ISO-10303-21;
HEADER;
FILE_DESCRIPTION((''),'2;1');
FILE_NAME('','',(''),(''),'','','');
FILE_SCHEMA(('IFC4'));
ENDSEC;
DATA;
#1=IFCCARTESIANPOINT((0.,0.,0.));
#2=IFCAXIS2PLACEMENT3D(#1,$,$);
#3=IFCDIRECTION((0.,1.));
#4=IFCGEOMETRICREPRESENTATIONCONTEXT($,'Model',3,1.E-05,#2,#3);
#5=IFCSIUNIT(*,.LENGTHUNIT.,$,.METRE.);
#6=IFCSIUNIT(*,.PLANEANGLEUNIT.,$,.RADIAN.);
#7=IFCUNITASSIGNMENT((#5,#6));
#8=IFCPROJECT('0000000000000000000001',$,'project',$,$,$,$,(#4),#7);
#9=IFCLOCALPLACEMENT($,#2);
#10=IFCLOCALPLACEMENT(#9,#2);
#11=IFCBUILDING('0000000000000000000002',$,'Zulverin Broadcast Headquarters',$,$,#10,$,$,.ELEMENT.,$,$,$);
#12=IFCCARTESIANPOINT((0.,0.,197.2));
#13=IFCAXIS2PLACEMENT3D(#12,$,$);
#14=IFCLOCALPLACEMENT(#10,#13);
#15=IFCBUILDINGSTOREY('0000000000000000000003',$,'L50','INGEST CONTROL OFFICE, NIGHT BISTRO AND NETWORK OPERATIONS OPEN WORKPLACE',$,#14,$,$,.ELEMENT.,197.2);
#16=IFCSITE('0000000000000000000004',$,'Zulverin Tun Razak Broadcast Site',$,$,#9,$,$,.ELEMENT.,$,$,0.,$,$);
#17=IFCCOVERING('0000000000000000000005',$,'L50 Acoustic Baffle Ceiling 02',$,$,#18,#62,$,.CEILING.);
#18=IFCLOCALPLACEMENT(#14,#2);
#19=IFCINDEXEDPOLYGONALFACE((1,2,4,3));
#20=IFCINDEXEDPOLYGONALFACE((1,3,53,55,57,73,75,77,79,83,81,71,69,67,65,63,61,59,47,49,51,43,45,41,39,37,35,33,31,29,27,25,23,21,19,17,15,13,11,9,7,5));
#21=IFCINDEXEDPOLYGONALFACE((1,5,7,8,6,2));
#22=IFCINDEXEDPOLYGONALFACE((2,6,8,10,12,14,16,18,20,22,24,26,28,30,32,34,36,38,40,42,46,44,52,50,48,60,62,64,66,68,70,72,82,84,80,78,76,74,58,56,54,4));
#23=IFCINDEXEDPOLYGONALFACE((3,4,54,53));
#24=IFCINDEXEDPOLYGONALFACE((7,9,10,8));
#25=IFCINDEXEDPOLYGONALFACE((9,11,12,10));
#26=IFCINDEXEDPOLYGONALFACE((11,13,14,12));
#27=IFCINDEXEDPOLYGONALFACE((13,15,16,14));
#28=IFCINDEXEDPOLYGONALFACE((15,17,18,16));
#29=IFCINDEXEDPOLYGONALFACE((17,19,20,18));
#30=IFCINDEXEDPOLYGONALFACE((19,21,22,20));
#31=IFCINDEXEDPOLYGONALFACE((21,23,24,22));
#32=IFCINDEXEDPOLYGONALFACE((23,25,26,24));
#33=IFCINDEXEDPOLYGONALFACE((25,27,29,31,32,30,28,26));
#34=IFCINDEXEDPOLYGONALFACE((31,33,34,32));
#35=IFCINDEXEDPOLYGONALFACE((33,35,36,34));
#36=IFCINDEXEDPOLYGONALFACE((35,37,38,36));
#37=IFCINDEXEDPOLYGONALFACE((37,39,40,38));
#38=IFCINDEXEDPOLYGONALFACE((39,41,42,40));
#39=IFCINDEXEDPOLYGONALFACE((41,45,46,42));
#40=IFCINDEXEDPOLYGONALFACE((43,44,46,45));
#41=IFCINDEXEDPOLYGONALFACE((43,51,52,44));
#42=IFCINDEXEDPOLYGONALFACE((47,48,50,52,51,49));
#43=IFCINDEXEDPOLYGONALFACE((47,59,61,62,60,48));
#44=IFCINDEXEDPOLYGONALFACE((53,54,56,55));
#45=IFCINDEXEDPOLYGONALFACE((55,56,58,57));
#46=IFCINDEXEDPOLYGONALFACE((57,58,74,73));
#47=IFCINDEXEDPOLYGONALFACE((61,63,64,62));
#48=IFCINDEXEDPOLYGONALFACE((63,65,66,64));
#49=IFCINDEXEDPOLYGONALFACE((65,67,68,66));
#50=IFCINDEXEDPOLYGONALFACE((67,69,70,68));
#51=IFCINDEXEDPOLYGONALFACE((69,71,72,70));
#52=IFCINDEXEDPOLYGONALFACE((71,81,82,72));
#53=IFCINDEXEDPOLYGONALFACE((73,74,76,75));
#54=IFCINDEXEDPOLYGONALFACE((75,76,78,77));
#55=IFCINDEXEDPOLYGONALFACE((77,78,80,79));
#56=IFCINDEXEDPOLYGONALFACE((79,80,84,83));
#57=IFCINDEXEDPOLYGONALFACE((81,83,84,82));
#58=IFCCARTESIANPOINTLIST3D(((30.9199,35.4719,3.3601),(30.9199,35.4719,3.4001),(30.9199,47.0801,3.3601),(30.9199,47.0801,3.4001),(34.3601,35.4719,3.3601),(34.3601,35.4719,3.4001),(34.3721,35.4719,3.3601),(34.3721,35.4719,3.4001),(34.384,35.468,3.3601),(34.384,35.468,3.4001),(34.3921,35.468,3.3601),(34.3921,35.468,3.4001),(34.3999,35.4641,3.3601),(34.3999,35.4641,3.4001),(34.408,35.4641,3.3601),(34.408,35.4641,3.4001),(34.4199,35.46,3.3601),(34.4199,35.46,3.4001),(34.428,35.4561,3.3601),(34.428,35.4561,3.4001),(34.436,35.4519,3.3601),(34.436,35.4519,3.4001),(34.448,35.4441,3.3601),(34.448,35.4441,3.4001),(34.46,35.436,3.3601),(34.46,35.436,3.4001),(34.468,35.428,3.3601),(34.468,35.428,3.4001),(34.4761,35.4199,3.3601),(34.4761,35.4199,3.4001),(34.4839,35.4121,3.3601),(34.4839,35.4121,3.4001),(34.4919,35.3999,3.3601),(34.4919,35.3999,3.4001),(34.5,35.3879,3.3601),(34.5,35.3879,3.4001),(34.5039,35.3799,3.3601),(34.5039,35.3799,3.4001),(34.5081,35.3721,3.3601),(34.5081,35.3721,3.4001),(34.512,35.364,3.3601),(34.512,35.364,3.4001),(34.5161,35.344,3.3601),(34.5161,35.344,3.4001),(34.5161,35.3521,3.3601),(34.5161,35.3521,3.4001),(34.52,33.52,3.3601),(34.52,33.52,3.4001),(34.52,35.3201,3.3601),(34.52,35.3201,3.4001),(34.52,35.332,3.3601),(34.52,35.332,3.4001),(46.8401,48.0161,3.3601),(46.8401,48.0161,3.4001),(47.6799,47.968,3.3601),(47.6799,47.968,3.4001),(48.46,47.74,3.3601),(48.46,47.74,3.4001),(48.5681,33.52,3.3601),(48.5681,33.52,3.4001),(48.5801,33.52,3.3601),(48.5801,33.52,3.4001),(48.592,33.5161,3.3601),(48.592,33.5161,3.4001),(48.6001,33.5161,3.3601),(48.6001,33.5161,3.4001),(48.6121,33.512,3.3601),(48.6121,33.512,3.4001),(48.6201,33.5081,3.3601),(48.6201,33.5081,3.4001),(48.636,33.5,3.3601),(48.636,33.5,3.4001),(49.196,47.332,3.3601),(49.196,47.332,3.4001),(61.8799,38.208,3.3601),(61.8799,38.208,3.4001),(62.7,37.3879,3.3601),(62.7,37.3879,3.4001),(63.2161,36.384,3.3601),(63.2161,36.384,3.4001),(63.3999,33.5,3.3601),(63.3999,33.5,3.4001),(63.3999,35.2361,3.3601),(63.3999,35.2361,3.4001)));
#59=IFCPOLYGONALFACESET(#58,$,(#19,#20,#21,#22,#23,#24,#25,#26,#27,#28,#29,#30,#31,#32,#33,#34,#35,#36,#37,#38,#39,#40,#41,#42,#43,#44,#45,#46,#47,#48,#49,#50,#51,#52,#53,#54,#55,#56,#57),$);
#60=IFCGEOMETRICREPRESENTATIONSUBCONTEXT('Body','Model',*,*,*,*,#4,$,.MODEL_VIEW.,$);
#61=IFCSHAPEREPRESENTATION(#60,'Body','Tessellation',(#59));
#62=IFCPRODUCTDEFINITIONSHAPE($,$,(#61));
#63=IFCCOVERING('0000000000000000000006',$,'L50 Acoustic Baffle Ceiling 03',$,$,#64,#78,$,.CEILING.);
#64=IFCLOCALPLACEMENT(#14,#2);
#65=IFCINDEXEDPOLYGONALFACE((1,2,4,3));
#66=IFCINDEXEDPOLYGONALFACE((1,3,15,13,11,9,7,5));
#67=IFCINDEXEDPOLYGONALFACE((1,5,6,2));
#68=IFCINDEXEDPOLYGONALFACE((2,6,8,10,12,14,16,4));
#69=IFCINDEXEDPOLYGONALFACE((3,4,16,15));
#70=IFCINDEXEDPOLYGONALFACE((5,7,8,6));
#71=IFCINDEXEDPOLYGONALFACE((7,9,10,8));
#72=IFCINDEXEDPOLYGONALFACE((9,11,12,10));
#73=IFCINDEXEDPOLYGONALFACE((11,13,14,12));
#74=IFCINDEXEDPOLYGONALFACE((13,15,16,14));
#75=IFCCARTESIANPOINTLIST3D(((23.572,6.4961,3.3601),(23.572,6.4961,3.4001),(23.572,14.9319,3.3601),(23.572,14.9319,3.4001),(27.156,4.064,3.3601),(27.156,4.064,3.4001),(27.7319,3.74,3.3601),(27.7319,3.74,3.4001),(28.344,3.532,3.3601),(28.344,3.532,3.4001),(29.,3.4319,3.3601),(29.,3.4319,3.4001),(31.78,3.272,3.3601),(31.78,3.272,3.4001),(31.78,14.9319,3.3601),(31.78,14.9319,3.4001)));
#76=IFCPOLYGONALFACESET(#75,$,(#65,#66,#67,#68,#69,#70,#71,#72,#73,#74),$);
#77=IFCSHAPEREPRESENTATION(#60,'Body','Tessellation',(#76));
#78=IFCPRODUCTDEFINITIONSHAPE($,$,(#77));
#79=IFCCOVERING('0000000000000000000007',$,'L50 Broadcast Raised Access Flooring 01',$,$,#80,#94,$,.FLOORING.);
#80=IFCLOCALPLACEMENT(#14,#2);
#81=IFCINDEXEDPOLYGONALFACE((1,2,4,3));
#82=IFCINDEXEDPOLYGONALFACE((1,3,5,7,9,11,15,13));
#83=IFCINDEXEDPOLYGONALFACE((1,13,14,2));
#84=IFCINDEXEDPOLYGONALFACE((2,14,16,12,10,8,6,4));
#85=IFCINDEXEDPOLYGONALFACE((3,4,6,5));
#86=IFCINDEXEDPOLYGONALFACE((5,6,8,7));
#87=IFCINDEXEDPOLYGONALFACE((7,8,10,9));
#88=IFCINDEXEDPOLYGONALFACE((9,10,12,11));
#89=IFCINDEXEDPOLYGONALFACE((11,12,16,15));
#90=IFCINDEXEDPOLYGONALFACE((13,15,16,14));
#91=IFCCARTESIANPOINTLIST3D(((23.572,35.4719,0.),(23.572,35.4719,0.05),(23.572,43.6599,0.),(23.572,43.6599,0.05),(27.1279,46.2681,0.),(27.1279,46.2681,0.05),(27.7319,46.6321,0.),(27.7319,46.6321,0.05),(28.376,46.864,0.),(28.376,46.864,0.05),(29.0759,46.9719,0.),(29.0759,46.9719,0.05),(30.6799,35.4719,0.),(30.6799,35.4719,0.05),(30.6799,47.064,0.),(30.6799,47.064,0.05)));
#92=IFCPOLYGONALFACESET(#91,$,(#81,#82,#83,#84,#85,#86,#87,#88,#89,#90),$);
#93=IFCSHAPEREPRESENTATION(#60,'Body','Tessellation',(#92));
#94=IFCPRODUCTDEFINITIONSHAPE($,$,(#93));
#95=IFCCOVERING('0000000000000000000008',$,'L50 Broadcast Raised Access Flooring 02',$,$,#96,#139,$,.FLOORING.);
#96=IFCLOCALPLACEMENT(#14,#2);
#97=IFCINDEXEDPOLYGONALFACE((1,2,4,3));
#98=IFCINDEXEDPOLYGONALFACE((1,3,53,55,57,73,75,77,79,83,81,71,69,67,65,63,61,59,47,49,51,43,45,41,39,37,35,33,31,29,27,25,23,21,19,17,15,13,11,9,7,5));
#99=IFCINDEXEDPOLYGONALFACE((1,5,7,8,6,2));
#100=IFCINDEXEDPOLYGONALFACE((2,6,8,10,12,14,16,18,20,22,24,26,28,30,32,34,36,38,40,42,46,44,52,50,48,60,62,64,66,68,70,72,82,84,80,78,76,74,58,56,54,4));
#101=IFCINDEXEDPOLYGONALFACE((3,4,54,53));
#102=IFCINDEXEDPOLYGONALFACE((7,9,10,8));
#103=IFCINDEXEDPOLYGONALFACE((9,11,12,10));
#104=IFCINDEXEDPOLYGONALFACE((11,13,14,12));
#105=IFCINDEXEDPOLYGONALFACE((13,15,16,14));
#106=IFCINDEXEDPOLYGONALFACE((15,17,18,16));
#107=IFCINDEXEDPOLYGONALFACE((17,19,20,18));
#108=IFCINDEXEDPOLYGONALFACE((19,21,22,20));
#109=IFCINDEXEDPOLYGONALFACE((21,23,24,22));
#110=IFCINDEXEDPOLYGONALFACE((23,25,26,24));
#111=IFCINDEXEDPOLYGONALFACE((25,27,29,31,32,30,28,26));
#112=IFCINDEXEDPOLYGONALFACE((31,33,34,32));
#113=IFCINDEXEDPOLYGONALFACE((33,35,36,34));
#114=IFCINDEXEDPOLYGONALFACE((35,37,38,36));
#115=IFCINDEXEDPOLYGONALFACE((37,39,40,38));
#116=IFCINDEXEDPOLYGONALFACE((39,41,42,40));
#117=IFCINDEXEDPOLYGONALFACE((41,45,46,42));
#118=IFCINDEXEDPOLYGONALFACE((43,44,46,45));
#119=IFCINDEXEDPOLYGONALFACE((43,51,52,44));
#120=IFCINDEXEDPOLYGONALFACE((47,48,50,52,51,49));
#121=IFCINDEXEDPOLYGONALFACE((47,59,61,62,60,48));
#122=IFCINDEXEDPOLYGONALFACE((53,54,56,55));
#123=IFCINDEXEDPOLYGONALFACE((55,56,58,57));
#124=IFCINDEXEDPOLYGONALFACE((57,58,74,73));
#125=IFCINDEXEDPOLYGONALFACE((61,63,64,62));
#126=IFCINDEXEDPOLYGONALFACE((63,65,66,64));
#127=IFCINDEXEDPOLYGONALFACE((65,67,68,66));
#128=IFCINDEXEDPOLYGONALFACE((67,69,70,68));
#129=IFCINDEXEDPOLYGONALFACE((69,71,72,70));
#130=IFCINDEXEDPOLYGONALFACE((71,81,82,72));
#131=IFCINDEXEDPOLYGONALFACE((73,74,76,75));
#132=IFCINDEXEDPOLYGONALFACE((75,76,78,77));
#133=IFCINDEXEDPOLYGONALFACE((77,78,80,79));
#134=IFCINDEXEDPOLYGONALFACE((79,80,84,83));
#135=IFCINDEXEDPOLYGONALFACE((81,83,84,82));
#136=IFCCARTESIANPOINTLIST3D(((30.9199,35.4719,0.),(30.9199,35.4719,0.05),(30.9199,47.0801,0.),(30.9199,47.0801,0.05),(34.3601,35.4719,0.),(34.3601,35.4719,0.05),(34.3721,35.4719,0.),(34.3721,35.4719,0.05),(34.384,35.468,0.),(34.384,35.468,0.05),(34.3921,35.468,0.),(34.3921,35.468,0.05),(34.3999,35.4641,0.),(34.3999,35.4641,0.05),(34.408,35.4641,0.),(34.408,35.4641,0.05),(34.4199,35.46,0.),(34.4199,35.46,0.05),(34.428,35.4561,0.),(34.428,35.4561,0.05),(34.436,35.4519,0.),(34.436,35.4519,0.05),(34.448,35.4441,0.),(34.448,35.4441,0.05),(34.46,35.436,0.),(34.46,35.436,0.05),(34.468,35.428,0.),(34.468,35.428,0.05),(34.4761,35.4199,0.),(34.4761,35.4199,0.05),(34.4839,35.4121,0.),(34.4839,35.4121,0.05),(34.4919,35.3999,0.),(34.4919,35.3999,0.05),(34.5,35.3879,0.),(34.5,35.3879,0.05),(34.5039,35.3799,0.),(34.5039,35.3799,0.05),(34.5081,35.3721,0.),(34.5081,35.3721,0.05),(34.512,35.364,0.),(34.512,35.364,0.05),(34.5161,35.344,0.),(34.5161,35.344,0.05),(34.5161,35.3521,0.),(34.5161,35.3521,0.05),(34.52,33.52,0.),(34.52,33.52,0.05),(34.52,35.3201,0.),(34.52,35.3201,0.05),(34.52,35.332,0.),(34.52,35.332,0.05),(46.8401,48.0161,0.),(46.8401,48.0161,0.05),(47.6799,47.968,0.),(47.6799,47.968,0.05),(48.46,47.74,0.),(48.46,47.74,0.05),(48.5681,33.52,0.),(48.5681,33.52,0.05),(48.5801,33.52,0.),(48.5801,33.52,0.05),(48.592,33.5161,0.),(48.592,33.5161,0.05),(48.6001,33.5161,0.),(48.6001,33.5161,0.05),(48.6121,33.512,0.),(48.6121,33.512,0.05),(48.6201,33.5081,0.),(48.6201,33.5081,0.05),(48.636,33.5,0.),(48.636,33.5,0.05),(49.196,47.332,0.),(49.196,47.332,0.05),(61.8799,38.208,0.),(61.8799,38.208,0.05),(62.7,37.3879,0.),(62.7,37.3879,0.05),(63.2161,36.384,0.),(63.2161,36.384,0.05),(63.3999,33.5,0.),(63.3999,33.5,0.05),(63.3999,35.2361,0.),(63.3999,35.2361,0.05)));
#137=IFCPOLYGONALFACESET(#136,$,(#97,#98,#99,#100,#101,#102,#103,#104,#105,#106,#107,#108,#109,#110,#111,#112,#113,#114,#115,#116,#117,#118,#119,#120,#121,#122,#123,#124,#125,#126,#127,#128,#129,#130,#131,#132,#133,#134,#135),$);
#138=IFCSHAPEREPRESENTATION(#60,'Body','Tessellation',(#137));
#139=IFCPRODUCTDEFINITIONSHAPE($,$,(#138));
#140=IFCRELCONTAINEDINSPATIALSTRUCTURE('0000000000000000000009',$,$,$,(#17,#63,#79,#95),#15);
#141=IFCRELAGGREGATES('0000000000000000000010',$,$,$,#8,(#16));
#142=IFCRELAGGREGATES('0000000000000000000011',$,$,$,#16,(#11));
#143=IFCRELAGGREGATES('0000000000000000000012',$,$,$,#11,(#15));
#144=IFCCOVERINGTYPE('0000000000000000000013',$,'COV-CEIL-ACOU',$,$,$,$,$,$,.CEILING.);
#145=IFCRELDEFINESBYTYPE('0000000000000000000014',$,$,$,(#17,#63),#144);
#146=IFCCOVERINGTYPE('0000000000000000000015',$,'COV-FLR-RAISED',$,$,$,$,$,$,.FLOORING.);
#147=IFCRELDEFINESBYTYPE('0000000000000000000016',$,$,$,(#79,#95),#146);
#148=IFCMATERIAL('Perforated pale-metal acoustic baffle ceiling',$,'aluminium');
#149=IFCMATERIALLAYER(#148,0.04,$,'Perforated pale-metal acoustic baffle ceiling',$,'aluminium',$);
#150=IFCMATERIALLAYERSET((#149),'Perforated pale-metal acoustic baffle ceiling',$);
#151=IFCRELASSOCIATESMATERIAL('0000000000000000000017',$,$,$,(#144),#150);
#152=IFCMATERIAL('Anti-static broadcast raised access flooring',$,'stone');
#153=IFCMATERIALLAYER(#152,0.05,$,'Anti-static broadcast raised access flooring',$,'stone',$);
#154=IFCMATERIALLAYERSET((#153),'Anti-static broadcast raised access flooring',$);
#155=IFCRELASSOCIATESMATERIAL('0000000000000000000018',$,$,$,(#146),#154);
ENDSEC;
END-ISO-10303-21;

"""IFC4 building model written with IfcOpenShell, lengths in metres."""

from ifc_helpers import new_model, si_unit, direction, frame, origin, place, context, subcontext, project, spatial, polyline, outline, extrude, material, layer, layer_set, type_object, element, save


model = new_model("IFC4")

# Units and contexts
model_context = context("Model", 3, precision=1e-05, world=origin(), true_north=direction((0.0, 1.0)))
body_context = subcontext(model_context, "Body", "Model", "MODEL_VIEW")
ifc_project = project(units=[si_unit("LENGTHUNIT", "METRE"), si_unit("PLANEANGLEUNIT", "RADIAN")], contexts=[model_context])

# Site, building, storey
site_placement = place(None, origin())
site = spatial("IfcSite", under=ifc_project, at=site_placement, Name="Zulverin Tun Razak Broadcast Site", CompositionType="ELEMENT", RefElevation=0.0)
building_placement = place(site_placement, origin())
building = spatial("IfcBuilding", under=site, at=building_placement, Name="Zulverin Broadcast Headquarters", CompositionType="ELEMENT")
storey_placement = place(building_placement, frame((0.0, 0.0, 197.2)))
storey = spatial("IfcBuildingStorey", under=building, at=storey_placement, Name="L50", Description="INGEST CONTROL OFFICE, NIGHT BISTRO AND NETWORK OPERATIONS OPEN WORKPLACE", CompositionType="ELEMENT", Elevation=197.2)

# Coverings
ifc_material_1 = material(Name="Perforated pale-metal acoustic baffle ceiling", Category="aluminium")
ifc_layer_1 = layer(ifc_material_1, 0.04, Name="Perforated pale-metal acoustic baffle ceiling", Category="aluminium")
ifc_layer_set_1 = layer_set([ifc_layer_1], Name="Perforated pale-metal acoustic baffle ceiling")
covering_type_1 = type_object("IfcCoveringType", Name="COV-CEIL-ACOU", PredefinedType="CEILING", material=ifc_layer_set_1)
covering_1_placement = place(storey_placement, frame((0.0, 0.0, 3.3601)))
element("IfcCovering", 1, at=covering_1_placement, inside=storey, type_object=covering_type_1, Name="L50 Acoustic Baffle Ceiling 02", PredefinedType="CEILING", context=body_context, shape_type="SweptSolid", body=[
    extrude(outline(polyline([(48.46, 47.74), (47.6799, 47.968), (46.8401, 48.0161), (30.9199, 47.0801), (30.9199, 35.4719), (34.3601, 35.4719), (34.3721, 35.4719), (34.384, 35.468), (34.3921, 35.468), (34.3999, 35.4641), (34.408, 35.4641), (34.4199, 35.46), (34.428, 35.4561), (34.436, 35.4519), (34.448, 35.4441), (34.46, 35.436), (34.468, 35.428), (34.4761, 35.4199), (34.4839, 35.4121), (34.4919, 35.3999), (34.5, 35.3879), (34.5039, 35.3799), (34.5081, 35.3721), (34.512, 35.364), (34.5161, 35.3521), (34.5161, 35.344), (34.52, 35.332), (34.52, 35.3201), (34.52, 33.52), (48.5681, 33.52), (48.5801, 33.52), (48.592, 33.5161), (48.6001, 33.5161), (48.6121, 33.512), (48.6201, 33.5081), (48.636, 33.5), (63.3999, 33.5), (63.3999, 35.2361), (63.2161, 36.384), (62.7, 37.3879), (61.8799, 38.208), (49.196, 47.332), (48.46, 47.74)])), origin(), (0.0, 0.0, 1.0), 0.04),
])
covering_2_placement = place(storey_placement, frame((0.0, 0.0, 3.3601)))
element("IfcCovering", 2, at=covering_2_placement, inside=storey, type_object=covering_type_1, Name="L50 Acoustic Baffle Ceiling 03", PredefinedType="CEILING", context=body_context, shape_type="SweptSolid", body=[
    extrude(outline(polyline([(27.7319, 3.74), (28.344, 3.532), (29.0, 3.4319), (31.78, 3.272), (31.78, 14.9319), (23.572, 14.9319), (23.572, 6.4961), (27.156, 4.064), (27.7319, 3.74)])), origin(), (0.0, 0.0, 1.0), 0.04),
])
ifc_material_2 = material(Name="Anti-static broadcast raised access flooring", Category="stone")
ifc_layer_2 = layer(ifc_material_2, 0.05, Name="Anti-static broadcast raised access flooring", Category="stone")
ifc_layer_set_2 = layer_set([ifc_layer_2], Name="Anti-static broadcast raised access flooring")
covering_type_2 = type_object("IfcCoveringType", Name="COV-FLR-RAISED", PredefinedType="FLOORING", material=ifc_layer_set_2)
covering_3_placement = place(storey_placement, origin())
element("IfcCovering", 3, at=covering_3_placement, inside=storey, type_object=covering_type_2, Name="L50 Broadcast Raised Access Flooring 01", PredefinedType="FLOORING", context=body_context, shape_type="SweptSolid", body=[
    extrude(outline(polyline([(30.6799, 35.4719), (30.6799, 47.064), (29.0759, 46.9719), (28.376, 46.864), (27.7319, 46.6321), (27.1279, 46.2681), (23.572, 43.6599), (23.572, 35.4719), (30.6799, 35.4719)])), origin(), (0.0, 0.0, 1.0), 0.05),
])
covering_4_placement = place(storey_placement, origin())
element("IfcCovering", 4, at=covering_4_placement, inside=storey, type_object=covering_type_2, Name="L50 Broadcast Raised Access Flooring 02", PredefinedType="FLOORING", context=body_context, shape_type="SweptSolid", body=[
    extrude(outline(polyline([(48.46, 47.74), (47.6799, 47.968), (46.8401, 48.0161), (30.9199, 47.0801), (30.9199, 35.4719), (34.3601, 35.4719), (34.3721, 35.4719), (34.384, 35.468), (34.3921, 35.468), (34.3999, 35.4641), (34.408, 35.4641), (34.4199, 35.46), (34.428, 35.4561), (34.436, 35.4519), (34.448, 35.4441), (34.46, 35.436), (34.468, 35.428), (34.4761, 35.4199), (34.4839, 35.4121), (34.4919, 35.3999), (34.5, 35.3879), (34.5039, 35.3799), (34.5081, 35.3721), (34.512, 35.364), (34.5161, 35.3521), (34.5161, 35.344), (34.52, 35.332), (34.52, 35.3201), (34.52, 33.52), (48.5681, 33.52), (48.5801, 33.52), (48.592, 33.5161), (48.6001, 33.5161), (48.6121, 33.512), (48.6201, 33.5081), (48.636, 33.5), (63.3999, 33.5), (63.3999, 35.2361), (63.2161, 36.384), (62.7, 37.3879), (61.8799, 38.208), (49.196, 47.332), (48.46, 47.74)])), origin(), (0.0, 0.0, 1.0), 0.05),
])

save(model, "model.ifc")
